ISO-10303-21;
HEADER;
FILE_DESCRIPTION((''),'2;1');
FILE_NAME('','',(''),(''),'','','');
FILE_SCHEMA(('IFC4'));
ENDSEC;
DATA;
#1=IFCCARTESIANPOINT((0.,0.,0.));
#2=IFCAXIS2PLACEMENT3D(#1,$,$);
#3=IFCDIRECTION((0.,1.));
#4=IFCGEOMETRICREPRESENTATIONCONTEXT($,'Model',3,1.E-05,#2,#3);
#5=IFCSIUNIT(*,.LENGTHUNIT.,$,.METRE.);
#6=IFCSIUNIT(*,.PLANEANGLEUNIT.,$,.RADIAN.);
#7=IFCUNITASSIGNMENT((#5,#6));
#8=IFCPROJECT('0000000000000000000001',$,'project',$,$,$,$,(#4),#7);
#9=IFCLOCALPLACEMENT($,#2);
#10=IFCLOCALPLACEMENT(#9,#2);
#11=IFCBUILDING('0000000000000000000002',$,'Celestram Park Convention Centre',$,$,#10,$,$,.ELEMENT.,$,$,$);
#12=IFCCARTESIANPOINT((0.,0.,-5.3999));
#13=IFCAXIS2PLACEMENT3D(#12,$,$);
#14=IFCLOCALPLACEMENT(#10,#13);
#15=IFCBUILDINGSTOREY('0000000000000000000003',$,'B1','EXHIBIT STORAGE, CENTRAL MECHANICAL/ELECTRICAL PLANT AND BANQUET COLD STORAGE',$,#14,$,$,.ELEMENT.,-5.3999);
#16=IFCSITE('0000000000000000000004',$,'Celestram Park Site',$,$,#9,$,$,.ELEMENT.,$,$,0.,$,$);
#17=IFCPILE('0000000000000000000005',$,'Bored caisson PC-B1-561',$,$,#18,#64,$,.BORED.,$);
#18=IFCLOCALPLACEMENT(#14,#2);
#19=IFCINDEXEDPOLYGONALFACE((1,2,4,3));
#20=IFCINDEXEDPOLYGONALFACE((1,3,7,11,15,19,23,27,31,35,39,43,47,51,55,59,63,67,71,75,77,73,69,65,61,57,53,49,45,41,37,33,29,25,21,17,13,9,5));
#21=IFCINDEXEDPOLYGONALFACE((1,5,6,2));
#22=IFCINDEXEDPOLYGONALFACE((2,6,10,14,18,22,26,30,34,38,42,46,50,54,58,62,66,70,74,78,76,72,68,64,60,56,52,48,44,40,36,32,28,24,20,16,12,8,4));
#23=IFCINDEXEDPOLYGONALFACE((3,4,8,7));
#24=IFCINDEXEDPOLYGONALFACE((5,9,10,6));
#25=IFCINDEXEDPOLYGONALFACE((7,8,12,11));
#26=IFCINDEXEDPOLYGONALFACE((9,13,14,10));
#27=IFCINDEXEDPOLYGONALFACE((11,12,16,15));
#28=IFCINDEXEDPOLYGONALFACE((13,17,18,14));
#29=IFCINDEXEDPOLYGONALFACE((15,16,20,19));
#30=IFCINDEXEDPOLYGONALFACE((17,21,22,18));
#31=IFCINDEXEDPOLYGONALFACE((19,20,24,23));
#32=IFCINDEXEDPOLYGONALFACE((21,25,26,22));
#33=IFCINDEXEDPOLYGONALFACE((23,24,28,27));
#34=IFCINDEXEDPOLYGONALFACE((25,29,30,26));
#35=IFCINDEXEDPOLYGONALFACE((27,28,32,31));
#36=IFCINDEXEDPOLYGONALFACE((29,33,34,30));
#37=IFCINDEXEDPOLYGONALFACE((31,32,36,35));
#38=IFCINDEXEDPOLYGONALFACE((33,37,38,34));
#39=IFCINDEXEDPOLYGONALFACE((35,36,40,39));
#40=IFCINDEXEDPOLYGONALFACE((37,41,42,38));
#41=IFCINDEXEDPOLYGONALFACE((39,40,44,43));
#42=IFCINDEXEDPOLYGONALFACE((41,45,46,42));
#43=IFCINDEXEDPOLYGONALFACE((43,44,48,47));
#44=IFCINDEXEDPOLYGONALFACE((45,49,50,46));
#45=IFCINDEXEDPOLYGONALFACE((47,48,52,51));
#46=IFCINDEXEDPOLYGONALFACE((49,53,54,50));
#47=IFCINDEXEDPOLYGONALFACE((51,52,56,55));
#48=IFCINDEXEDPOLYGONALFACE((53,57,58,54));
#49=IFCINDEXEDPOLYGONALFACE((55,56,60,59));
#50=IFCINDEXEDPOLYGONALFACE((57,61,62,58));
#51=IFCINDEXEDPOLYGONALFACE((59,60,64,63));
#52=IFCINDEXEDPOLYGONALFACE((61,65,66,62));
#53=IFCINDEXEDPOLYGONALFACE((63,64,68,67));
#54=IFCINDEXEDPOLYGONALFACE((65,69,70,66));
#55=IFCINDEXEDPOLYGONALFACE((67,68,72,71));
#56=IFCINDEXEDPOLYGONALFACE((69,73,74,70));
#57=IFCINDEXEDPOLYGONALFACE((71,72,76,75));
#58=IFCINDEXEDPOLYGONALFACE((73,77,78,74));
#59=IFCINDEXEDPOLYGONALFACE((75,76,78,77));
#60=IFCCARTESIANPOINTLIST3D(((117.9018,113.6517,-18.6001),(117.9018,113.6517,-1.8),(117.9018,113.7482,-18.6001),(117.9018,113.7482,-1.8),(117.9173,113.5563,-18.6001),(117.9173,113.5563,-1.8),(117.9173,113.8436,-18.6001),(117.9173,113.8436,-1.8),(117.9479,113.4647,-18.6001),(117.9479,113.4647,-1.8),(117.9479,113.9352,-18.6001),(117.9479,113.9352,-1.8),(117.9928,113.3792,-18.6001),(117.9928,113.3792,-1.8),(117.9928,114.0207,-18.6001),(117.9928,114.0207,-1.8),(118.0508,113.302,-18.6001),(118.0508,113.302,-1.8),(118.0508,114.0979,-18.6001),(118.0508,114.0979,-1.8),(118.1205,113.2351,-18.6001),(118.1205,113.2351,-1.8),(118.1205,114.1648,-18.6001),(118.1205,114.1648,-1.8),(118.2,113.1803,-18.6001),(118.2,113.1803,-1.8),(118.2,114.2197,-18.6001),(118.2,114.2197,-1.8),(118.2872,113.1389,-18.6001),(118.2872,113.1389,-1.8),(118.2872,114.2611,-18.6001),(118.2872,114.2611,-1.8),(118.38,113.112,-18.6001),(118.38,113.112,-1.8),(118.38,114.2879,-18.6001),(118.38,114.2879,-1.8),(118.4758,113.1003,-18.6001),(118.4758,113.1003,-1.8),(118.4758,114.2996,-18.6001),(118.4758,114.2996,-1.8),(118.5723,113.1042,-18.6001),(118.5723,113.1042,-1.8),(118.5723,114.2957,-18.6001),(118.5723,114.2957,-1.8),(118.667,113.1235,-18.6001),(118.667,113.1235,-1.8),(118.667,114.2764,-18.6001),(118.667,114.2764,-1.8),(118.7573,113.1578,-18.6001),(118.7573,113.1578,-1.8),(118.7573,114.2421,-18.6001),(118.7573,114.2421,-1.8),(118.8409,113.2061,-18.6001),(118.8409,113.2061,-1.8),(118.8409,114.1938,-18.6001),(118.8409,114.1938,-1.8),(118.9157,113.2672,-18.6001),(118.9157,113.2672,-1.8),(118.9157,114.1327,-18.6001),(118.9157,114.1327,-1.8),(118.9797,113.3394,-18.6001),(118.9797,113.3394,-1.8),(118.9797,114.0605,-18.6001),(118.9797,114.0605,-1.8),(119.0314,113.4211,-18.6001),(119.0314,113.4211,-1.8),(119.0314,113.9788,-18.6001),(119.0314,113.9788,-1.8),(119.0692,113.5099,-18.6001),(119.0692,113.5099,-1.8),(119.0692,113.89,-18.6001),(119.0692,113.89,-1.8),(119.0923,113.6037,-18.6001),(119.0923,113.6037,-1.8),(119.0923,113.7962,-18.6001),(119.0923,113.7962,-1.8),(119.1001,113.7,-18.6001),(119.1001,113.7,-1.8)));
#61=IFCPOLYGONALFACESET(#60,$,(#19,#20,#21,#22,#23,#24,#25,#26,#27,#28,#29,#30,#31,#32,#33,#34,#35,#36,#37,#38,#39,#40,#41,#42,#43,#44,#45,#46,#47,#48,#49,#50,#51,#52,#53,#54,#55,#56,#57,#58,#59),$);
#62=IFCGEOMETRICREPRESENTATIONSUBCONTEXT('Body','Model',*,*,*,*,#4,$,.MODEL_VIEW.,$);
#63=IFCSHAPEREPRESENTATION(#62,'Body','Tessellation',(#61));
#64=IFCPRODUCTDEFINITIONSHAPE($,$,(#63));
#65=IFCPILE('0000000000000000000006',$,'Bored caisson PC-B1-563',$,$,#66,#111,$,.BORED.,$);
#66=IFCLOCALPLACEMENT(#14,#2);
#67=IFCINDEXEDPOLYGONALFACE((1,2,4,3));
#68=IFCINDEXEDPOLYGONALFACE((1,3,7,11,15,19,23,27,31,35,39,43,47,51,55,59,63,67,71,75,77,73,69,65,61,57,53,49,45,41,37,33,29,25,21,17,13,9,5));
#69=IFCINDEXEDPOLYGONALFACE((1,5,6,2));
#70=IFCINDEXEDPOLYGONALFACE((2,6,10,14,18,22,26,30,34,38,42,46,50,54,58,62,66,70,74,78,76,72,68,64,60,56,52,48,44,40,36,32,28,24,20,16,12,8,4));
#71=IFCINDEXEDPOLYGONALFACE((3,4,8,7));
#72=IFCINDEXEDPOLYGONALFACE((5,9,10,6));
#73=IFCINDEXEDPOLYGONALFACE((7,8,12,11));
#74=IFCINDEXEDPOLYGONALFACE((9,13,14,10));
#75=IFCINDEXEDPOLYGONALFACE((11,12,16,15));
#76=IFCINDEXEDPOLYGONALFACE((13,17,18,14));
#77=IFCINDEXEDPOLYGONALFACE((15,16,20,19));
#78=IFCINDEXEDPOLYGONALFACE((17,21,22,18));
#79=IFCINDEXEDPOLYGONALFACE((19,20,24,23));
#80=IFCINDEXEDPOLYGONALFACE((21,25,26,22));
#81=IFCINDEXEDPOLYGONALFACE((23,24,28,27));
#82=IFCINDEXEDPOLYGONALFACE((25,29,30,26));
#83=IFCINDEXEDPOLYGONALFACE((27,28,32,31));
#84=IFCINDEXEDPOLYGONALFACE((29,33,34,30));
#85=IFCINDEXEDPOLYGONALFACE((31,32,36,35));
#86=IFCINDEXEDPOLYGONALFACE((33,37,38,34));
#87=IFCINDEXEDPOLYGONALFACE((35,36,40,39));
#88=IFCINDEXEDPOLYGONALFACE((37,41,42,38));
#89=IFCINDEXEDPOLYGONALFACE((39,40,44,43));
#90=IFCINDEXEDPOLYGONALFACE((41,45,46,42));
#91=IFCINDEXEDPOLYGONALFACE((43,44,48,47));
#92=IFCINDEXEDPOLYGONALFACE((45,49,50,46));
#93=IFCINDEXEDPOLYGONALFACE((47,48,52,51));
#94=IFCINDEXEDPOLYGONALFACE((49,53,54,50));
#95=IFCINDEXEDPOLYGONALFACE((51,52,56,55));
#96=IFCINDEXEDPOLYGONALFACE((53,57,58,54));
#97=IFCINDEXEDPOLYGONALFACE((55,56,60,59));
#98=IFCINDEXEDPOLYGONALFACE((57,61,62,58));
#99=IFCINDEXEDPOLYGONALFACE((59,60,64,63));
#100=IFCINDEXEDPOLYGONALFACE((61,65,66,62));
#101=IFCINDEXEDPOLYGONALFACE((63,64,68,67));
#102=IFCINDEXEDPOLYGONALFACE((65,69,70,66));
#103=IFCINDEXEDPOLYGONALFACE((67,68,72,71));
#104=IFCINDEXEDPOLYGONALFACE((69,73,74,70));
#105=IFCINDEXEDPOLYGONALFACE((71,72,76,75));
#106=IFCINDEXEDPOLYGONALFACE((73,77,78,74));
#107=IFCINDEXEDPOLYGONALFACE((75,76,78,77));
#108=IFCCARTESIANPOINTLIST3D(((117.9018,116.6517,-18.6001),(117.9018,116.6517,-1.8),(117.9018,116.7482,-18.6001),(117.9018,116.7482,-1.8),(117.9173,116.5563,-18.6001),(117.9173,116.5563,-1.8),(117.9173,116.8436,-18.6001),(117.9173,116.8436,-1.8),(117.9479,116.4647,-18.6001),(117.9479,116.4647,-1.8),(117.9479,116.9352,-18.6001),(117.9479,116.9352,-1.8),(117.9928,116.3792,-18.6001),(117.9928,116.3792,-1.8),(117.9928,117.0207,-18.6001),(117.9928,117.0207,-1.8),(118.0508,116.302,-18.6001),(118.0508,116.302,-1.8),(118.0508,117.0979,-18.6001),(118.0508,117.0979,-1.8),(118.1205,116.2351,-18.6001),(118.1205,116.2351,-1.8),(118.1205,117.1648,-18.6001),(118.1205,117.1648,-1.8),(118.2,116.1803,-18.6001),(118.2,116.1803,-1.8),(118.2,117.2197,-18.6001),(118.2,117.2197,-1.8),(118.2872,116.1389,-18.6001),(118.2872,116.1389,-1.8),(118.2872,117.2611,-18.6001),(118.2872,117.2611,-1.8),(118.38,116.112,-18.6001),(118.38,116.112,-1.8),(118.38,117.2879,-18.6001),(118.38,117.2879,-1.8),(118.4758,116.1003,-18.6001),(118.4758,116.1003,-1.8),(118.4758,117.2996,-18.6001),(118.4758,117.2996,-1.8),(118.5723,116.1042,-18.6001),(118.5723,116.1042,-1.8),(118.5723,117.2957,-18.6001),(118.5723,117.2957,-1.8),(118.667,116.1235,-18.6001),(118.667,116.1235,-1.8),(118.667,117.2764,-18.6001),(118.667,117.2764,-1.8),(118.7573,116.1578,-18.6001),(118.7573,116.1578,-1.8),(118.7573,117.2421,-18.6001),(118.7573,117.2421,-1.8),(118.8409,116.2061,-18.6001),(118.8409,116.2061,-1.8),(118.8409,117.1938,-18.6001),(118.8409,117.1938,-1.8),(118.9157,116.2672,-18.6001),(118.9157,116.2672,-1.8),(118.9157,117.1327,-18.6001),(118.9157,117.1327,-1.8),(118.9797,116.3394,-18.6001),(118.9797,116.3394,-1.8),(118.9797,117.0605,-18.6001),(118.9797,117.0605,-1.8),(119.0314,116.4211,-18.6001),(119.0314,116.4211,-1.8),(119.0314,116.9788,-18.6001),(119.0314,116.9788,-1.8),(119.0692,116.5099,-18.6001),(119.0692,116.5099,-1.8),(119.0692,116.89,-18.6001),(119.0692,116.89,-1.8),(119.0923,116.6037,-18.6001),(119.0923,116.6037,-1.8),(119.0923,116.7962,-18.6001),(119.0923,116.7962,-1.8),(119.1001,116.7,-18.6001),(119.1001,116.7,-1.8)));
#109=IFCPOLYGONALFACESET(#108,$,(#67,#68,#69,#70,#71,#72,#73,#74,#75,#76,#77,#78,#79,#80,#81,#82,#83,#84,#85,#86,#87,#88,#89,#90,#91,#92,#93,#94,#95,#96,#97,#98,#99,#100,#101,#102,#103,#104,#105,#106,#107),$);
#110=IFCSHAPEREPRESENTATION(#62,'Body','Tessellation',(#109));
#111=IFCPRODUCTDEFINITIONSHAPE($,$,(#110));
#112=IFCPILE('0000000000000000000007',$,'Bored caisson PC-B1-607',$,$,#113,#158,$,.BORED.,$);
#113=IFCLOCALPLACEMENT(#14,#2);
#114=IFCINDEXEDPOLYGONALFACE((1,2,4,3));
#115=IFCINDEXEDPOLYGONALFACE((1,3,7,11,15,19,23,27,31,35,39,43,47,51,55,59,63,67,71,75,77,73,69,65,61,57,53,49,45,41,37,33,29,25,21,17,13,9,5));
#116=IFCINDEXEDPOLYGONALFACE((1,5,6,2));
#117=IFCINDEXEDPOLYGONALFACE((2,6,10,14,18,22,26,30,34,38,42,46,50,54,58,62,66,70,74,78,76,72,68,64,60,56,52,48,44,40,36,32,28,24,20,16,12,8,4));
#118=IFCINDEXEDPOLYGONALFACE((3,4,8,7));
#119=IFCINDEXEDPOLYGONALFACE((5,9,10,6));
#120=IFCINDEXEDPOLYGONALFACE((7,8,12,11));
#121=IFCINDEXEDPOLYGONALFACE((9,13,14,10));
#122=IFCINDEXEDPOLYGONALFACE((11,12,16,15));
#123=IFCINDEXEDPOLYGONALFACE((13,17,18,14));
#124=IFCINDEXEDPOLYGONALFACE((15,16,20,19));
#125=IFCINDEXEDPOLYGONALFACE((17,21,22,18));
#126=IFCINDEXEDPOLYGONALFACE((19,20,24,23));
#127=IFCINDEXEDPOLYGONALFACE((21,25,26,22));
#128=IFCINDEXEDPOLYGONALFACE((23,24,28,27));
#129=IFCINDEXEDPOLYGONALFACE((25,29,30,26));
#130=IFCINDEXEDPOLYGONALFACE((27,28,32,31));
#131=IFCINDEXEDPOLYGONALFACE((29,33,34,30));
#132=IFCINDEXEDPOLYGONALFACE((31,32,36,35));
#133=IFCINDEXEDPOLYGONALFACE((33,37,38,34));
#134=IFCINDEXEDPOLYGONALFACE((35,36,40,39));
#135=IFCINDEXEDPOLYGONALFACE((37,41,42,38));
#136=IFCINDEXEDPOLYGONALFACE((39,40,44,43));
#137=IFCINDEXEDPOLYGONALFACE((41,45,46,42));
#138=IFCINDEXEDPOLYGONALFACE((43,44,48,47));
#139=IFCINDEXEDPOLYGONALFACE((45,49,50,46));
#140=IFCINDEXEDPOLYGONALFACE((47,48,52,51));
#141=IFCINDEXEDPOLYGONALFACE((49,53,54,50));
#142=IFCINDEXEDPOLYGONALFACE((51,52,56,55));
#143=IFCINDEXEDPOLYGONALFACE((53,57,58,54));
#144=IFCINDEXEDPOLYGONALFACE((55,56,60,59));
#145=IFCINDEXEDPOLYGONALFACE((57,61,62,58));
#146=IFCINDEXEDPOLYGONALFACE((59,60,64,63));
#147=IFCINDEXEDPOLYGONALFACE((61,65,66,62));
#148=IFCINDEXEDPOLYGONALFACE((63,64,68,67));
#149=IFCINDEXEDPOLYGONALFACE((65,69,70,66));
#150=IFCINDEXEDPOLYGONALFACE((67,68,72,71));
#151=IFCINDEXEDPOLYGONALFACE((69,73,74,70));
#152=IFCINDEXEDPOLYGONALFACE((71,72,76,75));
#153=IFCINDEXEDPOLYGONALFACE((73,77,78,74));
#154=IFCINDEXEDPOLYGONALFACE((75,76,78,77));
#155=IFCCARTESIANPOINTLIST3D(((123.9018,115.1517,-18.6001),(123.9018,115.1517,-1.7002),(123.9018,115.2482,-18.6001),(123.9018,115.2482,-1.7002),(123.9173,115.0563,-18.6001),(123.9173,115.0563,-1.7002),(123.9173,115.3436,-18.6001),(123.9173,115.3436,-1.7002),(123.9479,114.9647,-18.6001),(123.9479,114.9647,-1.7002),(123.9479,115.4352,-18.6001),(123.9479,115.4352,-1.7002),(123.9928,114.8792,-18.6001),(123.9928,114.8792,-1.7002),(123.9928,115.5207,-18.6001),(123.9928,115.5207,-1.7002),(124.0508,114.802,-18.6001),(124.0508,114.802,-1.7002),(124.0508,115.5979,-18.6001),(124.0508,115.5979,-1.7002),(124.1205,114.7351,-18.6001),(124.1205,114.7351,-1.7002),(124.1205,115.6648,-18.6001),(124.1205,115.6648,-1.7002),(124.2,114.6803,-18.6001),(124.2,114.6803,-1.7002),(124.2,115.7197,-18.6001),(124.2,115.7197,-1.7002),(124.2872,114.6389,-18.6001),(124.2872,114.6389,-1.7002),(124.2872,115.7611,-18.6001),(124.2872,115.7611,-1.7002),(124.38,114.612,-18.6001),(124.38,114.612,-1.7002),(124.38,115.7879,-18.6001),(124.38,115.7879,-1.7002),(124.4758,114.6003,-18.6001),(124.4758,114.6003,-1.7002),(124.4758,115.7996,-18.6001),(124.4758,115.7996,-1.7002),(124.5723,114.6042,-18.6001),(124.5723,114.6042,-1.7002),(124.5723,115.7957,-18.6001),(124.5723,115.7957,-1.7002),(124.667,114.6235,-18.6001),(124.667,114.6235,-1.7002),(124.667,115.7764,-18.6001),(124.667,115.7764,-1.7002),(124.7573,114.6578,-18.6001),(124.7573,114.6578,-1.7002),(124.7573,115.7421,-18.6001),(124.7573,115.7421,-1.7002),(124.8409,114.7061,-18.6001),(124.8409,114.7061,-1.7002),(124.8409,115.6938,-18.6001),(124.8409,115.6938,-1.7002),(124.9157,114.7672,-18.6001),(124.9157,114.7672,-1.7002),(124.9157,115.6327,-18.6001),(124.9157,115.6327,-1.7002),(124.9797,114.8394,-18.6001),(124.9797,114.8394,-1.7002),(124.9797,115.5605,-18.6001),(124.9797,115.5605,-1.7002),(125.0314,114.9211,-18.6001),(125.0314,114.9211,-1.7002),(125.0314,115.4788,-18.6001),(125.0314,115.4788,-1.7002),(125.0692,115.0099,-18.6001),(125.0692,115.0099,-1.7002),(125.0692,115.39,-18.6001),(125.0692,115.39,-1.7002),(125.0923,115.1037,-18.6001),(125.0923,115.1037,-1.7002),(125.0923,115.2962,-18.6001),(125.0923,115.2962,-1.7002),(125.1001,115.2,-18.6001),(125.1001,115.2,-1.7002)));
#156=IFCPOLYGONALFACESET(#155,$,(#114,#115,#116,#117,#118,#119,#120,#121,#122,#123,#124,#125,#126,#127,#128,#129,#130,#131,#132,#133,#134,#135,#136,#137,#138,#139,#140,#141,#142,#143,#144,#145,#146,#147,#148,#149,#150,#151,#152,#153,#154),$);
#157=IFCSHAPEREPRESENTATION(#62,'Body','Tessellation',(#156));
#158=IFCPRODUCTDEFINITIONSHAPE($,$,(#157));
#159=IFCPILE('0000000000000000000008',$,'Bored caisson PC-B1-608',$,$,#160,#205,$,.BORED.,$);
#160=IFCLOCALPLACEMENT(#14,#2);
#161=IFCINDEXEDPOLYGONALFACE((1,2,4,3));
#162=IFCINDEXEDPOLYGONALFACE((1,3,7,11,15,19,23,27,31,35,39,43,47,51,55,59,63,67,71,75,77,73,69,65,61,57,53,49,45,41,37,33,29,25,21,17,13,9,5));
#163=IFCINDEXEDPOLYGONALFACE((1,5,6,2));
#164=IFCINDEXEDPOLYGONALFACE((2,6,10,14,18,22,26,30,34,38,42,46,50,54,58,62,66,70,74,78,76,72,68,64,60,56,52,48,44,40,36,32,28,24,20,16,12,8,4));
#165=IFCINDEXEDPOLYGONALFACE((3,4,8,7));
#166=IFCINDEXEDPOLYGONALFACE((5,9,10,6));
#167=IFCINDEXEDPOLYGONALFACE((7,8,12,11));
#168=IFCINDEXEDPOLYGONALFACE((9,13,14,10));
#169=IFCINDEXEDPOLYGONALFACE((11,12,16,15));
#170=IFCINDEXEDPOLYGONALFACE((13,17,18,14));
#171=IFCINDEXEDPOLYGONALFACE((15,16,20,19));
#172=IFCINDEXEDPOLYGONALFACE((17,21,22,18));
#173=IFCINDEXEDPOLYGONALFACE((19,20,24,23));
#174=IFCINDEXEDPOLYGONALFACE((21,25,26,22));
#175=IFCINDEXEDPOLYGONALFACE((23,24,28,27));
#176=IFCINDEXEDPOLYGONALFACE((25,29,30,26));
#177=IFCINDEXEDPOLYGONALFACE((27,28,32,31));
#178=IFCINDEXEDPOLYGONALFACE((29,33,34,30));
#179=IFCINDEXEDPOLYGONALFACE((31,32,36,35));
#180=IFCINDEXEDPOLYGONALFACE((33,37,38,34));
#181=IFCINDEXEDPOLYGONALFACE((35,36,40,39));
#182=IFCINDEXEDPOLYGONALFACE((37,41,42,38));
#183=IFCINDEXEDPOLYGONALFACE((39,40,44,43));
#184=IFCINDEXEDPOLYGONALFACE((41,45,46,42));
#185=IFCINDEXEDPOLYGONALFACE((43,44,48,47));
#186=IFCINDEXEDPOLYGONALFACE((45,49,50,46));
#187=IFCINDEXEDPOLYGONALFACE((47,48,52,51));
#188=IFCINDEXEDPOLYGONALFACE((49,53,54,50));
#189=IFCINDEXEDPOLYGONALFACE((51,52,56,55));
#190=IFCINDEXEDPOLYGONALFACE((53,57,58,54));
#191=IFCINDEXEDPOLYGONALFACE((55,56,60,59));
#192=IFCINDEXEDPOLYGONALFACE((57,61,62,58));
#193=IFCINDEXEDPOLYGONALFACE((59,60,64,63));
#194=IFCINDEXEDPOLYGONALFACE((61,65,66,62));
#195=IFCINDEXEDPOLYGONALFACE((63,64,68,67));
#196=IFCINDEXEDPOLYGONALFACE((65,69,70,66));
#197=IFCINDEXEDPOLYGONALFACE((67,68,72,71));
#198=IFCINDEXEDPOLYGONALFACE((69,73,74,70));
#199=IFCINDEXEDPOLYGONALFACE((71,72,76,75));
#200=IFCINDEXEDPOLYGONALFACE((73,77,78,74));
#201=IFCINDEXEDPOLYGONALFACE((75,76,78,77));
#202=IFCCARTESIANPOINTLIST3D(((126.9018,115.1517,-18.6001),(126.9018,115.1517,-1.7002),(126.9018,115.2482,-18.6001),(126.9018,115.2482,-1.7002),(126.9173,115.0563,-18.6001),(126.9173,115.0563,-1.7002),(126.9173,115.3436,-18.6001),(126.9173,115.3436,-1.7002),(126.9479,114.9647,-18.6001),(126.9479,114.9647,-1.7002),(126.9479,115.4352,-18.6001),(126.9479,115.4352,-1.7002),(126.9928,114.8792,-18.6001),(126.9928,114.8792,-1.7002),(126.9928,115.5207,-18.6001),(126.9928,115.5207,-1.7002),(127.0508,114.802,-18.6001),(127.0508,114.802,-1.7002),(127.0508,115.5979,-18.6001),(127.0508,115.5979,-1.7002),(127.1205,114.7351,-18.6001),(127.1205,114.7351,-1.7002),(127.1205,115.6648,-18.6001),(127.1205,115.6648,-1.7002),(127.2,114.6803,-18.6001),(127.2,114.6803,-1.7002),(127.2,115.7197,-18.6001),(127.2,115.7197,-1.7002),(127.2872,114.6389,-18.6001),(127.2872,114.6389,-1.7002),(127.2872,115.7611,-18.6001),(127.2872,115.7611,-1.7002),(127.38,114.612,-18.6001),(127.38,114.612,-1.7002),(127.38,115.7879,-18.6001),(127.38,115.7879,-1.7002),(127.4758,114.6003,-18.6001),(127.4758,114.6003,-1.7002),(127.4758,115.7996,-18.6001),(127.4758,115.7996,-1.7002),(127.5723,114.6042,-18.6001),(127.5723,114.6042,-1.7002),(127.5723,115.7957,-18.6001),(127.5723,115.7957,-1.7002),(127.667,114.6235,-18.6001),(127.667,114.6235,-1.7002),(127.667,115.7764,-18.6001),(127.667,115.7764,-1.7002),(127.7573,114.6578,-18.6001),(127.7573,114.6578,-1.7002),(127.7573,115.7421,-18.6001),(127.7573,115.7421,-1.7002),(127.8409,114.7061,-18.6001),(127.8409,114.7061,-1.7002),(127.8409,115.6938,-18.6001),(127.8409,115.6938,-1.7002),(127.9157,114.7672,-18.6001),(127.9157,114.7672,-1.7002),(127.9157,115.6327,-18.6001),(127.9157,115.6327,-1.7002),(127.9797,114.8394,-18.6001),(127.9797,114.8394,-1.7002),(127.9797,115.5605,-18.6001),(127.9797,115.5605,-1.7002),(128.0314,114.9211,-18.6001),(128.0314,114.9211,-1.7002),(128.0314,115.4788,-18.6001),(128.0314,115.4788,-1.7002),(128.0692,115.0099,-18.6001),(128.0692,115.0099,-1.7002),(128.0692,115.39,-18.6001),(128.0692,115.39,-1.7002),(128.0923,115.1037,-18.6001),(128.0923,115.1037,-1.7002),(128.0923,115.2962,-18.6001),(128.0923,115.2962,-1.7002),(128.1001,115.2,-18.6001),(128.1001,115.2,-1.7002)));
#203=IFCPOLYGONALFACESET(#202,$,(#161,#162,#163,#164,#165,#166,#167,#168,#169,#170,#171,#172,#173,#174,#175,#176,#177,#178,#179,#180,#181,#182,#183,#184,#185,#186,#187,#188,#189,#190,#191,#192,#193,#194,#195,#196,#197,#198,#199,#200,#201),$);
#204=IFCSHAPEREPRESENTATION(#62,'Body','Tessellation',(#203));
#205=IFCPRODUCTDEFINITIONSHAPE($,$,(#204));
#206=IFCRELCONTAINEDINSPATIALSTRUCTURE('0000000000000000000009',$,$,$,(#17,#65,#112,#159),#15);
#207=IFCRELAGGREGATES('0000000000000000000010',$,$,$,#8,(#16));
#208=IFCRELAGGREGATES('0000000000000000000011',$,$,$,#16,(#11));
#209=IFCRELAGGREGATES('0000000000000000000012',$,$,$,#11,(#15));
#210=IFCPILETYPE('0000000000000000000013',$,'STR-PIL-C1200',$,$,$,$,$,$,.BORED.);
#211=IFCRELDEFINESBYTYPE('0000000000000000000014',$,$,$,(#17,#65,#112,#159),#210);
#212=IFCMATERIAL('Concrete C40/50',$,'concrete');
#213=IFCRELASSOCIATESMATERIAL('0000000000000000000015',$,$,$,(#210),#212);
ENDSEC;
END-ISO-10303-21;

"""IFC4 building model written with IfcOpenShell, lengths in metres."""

from ifc_helpers import new_model, si_unit, direction, frame, origin, origin_2d, place, context, subcontext, project, spatial, circle, extrude, material, material_profile, profile_set, type_object, element, save


model = new_model("IFC4")

# Units and contexts
model_context = context("Model", 3, precision=1e-05, world=origin(), true_north=direction((0.0, 1.0)))
body_context = subcontext(model_context, "Body", "Model", "MODEL_VIEW")
ifc_project = project(units=[si_unit("LENGTHUNIT", "METRE"), si_unit("PLANEANGLEUNIT", "RADIAN")], contexts=[model_context])

# Site, building, storey
site_placement = place(None, origin())
site = spatial("IfcSite", under=ifc_project, at=site_placement, Name="Celestram Park Site", CompositionType="ELEMENT", RefElevation=0.0)
building_placement = place(site_placement, origin())
building = spatial("IfcBuilding", under=site, at=building_placement, Name="Celestram Park Convention Centre", CompositionType="ELEMENT")
storey_placement = place(building_placement, frame((0.0, 0.0, -5.3999)))
storey = spatial("IfcBuildingStorey", under=building, at=storey_placement, Name="B1", Description="EXHIBIT STORAGE, CENTRAL MECHANICAL/ELECTRICAL PLANT AND BANQUET COLD STORAGE", CompositionType="ELEMENT", Elevation=-5.3999)

# Shared definitions
ifc_material_1 = material(Name="Concrete C40/50", Category="concrete")

# Piles
ifc_material_profile_1 = material_profile(ifc_material_1, circle(Radius=0.6001, at=origin_2d()), Name="CAISSON1200")
ifc_profile_set_1 = profile_set([ifc_material_profile_1], Name="Concrete C40/50")
pile_type_1 = type_object("IfcPileType", Name="STR-PIL-C1200", PredefinedType="BORED", material=ifc_profile_set_1)
for number, where, z_axis, x_axis, name in (
    (1, (118.5, 113.7, -1.8), (0.0, 0.0, -1.0), (1.0, 0.0, 0.0), "Bored caisson PC-B1-561"),
    (2, (118.5, 116.7, -1.8), (0.0, 0.0, -1.0), (1.0, 0.0, 0.0), "Bored caisson PC-B1-563"),
):
    element("IfcPile", number, at=place(storey_placement, frame(where, z_axis=z_axis, x_axis=x_axis)), inside=storey, type_object=pile_type_1, Name=name, PredefinedType="BORED", context=body_context, shape_type="SweptSolid", body=[
        extrude(circle(Radius=0.6001, at=origin_2d()), origin(), (0.0, 0.0, 1.0), 16.8),
    ])
for number, where, z_axis, x_axis, name in (
    (3, (124.5, 115.2, -1.7002), (0.0, 0.0, -1.0), (1.0, 0.0, 0.0), "Bored caisson PC-B1-607"),
    (4, (127.5, 115.2, -1.7002), (0.0, 0.0, -1.0), (1.0, 0.0, 0.0), "Bored caisson PC-B1-608"),
):
    element("IfcPile", number, at=place(storey_placement, frame(where, z_axis=z_axis, x_axis=x_axis)), inside=storey, type_object=pile_type_1, Name=name, PredefinedType="BORED", context=body_context, shape_type="SweptSolid", body=[
        extrude(circle(Radius=0.6001, at=origin_2d()), origin(), (0.0, 0.0, 1.0), 16.8999),
    ])

save(model, "model.ifc")
